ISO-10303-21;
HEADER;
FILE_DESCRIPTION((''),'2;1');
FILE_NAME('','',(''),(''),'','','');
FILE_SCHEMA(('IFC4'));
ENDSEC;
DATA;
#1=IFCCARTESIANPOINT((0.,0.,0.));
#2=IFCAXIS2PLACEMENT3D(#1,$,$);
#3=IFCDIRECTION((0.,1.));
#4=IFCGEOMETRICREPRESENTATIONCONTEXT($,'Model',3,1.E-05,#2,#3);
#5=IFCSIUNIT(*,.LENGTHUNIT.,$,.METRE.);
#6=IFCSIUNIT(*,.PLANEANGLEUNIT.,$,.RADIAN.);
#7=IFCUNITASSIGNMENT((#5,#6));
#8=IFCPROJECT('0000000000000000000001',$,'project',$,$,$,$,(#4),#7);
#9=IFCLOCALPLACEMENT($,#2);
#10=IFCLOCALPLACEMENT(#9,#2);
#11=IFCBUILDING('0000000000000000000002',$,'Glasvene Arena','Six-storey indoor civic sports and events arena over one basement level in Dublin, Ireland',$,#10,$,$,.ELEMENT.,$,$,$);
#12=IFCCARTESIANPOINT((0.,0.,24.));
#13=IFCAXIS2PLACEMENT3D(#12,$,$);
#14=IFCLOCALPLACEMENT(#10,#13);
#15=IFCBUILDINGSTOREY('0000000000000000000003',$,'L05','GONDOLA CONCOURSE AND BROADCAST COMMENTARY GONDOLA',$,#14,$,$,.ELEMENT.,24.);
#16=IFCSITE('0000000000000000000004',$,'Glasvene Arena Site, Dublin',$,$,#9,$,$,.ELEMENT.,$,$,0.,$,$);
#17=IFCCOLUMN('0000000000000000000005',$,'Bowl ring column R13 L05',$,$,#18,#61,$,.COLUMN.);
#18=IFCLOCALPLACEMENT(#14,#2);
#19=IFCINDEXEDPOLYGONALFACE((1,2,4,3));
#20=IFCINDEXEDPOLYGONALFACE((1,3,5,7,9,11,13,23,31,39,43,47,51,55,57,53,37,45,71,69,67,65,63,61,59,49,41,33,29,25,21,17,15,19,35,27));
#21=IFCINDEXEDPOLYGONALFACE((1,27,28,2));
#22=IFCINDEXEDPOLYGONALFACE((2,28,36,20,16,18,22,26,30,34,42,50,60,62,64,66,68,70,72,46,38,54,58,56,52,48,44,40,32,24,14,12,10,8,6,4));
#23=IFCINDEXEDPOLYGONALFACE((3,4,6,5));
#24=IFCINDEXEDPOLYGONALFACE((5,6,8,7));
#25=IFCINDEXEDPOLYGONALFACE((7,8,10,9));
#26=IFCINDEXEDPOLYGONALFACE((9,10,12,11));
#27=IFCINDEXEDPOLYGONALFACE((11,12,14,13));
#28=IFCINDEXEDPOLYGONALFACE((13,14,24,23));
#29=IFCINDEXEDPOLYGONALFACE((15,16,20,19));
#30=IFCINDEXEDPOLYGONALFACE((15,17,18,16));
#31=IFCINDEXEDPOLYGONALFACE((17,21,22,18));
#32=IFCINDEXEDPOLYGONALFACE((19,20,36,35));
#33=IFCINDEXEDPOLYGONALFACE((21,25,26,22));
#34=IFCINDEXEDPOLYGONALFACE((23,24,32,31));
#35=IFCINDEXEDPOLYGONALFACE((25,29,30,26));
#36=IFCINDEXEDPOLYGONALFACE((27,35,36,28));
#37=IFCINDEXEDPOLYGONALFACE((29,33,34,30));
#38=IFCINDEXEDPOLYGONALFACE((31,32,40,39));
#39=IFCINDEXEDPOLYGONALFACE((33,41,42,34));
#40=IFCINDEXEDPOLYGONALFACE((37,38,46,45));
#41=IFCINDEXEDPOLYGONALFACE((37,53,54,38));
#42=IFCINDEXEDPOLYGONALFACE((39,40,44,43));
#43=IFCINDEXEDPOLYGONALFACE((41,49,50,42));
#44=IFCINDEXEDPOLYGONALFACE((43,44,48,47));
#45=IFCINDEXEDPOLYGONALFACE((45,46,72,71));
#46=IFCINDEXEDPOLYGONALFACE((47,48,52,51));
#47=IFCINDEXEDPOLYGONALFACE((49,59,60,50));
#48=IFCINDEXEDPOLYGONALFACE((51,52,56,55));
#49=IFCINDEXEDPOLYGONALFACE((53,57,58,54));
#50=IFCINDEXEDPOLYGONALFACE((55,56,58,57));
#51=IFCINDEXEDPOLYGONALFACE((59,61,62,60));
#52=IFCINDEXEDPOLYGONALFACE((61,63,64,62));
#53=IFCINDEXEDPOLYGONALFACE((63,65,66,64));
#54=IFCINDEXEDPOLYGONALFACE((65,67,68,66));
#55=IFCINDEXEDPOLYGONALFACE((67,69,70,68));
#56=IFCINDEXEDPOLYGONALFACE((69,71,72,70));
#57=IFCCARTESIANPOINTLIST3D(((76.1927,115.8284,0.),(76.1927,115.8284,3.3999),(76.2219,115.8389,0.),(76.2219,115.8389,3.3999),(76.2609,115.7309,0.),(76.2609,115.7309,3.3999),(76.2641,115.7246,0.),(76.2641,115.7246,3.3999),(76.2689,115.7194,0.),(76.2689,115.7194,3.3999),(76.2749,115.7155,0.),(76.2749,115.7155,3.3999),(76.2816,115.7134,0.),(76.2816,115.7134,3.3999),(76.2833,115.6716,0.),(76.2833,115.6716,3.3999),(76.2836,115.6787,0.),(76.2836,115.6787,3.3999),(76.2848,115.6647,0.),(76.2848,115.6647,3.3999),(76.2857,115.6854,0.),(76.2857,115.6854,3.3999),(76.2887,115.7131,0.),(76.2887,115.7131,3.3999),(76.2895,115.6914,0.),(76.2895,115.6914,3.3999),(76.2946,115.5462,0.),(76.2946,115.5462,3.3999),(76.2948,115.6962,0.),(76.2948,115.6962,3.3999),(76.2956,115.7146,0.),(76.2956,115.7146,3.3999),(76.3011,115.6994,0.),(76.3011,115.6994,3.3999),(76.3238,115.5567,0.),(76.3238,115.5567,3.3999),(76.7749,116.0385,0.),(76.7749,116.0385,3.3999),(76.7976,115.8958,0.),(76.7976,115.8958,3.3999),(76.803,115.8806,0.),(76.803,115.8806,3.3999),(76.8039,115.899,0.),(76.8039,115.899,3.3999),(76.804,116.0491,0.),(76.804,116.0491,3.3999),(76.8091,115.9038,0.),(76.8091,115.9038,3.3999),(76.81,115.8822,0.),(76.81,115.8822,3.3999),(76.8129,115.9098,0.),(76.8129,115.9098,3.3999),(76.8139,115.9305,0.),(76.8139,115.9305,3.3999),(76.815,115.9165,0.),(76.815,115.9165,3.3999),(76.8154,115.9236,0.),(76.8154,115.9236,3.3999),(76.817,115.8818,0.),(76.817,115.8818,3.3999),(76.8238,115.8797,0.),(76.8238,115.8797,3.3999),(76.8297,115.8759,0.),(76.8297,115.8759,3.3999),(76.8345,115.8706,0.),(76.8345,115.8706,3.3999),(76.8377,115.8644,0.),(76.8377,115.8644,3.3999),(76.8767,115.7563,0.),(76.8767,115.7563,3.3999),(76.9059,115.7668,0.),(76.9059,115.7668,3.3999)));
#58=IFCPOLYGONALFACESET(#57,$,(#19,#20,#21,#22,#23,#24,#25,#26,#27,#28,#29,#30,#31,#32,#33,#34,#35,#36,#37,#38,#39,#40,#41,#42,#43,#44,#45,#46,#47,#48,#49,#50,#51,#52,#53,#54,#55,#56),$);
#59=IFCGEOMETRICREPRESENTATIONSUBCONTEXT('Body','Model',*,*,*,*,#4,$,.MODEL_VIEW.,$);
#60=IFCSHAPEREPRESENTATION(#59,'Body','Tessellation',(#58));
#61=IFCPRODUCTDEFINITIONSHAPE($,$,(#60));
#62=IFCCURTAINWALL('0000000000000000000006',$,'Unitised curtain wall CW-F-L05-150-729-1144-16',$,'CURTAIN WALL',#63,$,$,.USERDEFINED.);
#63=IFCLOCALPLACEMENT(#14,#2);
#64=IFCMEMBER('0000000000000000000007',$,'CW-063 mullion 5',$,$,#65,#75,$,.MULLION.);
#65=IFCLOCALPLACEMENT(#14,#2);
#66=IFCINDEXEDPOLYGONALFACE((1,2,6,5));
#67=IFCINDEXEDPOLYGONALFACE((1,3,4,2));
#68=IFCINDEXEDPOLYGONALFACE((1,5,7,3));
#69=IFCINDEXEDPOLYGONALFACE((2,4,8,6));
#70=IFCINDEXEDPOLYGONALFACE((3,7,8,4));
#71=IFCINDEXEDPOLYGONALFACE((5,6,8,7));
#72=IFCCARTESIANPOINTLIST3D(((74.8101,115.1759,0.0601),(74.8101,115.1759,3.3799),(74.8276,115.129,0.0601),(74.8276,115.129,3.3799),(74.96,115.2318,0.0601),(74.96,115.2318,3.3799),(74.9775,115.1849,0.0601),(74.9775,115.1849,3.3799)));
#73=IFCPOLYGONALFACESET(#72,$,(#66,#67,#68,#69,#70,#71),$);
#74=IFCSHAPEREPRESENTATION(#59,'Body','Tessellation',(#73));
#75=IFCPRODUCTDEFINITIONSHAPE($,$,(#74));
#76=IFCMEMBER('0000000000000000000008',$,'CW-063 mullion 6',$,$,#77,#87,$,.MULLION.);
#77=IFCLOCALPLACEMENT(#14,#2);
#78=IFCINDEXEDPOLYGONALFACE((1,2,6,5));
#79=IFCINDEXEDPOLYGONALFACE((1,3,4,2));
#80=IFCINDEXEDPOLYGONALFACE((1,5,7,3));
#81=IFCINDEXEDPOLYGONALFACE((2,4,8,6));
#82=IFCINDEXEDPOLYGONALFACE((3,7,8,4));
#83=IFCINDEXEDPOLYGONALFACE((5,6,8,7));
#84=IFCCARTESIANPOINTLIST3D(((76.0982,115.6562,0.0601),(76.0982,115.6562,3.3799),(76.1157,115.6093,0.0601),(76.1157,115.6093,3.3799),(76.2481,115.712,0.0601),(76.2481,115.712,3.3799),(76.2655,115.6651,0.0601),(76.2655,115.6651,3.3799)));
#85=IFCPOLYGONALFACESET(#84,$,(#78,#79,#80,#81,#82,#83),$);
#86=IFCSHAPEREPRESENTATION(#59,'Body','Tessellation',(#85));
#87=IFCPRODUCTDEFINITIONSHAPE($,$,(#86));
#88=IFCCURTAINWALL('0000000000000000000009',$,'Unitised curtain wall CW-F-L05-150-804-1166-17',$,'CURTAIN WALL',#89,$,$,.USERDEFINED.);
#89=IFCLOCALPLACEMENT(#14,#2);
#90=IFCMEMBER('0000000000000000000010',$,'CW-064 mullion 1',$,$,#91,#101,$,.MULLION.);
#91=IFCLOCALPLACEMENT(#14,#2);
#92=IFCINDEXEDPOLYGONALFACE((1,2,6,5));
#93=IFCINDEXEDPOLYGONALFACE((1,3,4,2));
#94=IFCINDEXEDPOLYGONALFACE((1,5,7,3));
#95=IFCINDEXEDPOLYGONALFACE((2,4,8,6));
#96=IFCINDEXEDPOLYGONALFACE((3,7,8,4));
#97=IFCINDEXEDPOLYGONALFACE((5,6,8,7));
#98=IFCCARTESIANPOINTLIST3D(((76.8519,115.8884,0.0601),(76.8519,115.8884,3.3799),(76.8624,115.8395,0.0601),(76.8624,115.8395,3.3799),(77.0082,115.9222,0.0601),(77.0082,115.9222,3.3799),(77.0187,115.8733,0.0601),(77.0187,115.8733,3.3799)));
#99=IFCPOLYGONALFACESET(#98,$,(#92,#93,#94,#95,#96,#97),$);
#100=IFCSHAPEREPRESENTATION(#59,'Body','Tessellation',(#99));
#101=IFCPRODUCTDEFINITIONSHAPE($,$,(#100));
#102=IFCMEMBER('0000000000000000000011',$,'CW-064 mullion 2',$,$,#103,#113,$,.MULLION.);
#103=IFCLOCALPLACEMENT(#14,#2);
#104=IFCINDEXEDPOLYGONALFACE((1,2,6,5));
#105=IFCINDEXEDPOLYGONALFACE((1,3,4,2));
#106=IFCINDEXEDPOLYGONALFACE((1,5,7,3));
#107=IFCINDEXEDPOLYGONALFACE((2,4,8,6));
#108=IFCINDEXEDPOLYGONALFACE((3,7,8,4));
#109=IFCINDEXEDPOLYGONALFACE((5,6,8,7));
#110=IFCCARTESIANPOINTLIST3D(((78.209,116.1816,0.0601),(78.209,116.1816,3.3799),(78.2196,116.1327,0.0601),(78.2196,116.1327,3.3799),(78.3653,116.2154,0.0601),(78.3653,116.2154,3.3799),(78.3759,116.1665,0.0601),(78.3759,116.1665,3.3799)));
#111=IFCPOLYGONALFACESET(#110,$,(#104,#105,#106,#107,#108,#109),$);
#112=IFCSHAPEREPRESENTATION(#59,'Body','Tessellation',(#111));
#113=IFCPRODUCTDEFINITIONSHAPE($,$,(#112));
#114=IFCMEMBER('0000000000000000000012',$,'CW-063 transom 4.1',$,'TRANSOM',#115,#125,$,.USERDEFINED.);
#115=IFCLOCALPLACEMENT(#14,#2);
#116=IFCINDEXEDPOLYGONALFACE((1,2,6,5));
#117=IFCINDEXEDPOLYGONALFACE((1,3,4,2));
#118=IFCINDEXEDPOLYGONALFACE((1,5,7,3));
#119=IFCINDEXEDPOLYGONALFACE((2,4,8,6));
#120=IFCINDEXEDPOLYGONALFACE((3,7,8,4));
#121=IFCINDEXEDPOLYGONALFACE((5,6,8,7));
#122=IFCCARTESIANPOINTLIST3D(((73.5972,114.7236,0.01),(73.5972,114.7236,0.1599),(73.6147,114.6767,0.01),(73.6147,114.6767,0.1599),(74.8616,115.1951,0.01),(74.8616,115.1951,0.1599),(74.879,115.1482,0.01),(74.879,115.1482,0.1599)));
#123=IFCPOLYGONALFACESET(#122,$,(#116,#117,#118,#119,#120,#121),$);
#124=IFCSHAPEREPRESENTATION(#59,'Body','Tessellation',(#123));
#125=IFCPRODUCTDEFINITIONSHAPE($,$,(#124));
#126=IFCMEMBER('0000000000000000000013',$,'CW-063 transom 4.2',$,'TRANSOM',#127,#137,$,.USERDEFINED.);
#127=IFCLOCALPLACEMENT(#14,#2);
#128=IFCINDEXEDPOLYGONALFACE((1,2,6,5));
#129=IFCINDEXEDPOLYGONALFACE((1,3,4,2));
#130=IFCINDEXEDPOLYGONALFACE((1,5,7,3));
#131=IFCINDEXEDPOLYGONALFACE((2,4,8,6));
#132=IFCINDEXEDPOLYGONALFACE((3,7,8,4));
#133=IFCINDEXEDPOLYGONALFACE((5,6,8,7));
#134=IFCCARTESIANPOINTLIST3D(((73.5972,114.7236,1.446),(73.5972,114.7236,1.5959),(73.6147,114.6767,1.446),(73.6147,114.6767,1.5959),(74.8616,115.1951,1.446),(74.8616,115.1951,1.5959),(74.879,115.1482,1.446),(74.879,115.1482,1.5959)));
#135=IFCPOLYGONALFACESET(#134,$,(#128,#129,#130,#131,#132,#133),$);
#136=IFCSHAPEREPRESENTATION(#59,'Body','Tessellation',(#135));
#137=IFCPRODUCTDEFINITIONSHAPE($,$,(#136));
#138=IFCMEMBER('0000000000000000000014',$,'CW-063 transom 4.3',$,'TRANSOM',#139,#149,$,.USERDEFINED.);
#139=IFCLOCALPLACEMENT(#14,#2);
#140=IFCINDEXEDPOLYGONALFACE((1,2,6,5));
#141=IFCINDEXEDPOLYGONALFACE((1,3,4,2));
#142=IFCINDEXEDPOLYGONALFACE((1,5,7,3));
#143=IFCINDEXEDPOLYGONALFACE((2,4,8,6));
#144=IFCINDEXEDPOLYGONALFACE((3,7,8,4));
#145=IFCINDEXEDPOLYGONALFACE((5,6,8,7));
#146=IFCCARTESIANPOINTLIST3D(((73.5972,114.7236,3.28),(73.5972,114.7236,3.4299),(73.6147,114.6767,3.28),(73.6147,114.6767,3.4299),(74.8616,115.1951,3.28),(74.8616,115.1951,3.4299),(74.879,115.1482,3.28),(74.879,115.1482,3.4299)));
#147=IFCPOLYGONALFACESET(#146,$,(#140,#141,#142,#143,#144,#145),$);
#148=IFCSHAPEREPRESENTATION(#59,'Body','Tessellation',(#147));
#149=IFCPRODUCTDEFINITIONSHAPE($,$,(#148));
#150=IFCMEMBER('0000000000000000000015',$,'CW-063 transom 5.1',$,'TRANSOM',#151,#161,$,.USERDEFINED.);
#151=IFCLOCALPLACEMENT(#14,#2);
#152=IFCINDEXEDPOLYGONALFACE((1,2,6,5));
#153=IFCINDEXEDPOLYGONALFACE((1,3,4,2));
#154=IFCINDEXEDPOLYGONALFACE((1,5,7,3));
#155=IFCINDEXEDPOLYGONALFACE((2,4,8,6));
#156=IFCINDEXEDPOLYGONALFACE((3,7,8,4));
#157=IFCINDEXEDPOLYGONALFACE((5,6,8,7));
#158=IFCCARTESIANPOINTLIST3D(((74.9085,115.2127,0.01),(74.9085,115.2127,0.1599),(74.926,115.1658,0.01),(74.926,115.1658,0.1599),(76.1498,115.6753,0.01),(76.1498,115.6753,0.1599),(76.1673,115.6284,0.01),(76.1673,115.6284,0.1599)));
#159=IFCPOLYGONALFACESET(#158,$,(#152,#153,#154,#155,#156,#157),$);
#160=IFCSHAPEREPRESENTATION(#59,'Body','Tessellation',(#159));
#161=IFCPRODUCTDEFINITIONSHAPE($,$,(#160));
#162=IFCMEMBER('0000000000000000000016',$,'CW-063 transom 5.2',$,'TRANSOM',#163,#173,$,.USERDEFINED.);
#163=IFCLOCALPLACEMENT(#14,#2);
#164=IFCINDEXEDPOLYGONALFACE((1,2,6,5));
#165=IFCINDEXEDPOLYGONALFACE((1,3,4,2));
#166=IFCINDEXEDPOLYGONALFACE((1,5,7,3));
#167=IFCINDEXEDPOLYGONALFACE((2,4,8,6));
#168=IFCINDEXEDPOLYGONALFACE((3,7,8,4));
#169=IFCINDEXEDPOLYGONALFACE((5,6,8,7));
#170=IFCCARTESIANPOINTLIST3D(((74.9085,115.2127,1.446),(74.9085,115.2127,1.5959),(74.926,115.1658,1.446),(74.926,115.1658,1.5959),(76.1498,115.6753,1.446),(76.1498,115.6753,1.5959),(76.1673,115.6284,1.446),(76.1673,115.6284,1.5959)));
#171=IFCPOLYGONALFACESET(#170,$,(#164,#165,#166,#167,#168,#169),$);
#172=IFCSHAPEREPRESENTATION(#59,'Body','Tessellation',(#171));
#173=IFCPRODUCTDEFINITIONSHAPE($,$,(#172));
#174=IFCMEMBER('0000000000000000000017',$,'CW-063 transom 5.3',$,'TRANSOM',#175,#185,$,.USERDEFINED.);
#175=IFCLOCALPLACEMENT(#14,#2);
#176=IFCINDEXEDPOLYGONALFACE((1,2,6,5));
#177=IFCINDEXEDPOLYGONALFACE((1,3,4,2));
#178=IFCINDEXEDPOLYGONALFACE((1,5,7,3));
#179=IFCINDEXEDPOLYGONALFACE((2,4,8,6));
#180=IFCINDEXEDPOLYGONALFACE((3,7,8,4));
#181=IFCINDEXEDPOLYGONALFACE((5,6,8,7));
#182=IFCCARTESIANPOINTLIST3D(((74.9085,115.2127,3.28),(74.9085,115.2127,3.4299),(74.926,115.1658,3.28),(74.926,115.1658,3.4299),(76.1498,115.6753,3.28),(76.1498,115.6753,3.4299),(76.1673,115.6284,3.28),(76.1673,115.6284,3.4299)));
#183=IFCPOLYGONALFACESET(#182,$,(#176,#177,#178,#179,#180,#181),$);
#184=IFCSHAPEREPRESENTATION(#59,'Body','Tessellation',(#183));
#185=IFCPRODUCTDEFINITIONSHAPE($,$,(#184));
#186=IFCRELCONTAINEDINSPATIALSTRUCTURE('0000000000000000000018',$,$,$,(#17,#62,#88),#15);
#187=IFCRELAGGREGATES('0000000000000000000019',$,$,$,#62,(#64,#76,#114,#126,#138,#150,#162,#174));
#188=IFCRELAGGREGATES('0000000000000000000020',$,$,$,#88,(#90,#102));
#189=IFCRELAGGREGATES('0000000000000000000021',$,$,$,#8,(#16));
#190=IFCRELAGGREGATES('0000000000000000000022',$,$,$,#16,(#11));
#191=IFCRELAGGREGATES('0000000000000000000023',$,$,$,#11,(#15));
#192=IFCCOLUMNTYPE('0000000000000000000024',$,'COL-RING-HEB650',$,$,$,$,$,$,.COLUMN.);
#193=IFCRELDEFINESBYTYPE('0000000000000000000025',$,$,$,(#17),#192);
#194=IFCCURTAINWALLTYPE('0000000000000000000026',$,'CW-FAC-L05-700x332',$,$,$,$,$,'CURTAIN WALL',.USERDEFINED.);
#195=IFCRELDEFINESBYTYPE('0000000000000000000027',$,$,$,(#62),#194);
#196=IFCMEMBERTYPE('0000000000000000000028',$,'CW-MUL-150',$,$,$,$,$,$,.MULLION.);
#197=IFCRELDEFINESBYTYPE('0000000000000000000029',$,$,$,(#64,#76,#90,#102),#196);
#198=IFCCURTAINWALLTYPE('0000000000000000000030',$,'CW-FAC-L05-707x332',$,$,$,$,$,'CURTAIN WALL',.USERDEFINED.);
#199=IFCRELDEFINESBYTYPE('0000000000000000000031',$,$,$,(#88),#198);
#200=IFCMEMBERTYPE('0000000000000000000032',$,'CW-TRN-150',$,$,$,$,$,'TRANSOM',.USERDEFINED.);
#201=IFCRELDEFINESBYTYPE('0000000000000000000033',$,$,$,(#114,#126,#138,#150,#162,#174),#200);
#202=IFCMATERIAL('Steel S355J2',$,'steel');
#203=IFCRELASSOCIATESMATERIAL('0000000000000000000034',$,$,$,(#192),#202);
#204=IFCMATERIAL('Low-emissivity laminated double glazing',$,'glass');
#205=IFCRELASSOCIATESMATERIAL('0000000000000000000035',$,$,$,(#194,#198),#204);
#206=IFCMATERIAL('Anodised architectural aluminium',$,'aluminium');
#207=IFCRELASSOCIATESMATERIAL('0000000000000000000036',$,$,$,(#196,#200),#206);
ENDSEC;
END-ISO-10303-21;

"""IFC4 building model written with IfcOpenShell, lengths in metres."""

from ifc_helpers import new_model, si_unit, direction, frame, origin, origin_2d, place, context, subcontext, project, spatial, rectangle, i_section, extrude, material, material_profile, profile_set, type_object, element, aggregate, save


model = new_model("IFC4")

# Units and contexts
model_context = context("Model", 3, precision=1e-05, world=origin(), true_north=direction((0.0, 1.0)))
body_context = subcontext(model_context, "Body", "Model", "MODEL_VIEW")
ifc_project = project(units=[si_unit("LENGTHUNIT", "METRE"), si_unit("PLANEANGLEUNIT", "RADIAN")], contexts=[model_context])

# Site, building, storey
site_placement = place(None, origin())
site = spatial("IfcSite", under=ifc_project, at=site_placement, Name="Glasvene Arena Site, Dublin", CompositionType="ELEMENT", RefElevation=0.0)
building_placement = place(site_placement, origin())
building = spatial("IfcBuilding", under=site, at=building_placement, Name="Glasvene Arena", Description="Six-storey indoor civic sports and events arena over one basement level in Dublin, Ireland", CompositionType="ELEMENT")
storey_placement = place(building_placement, frame((0.0, 0.0, 24.0)))
storey = spatial("IfcBuildingStorey", under=building, at=storey_placement, Name="L05", Description="GONDOLA CONCOURSE AND BROADCAST COMMENTARY GONDOLA", CompositionType="ELEMENT", Elevation=24.0)

# Column
ifc_material_1 = material(Name="Steel S355J2", Category="steel")
ifc_material_profile_1 = material_profile(ifc_material_1, i_section(OverallWidth=0.3, OverallDepth=0.6499, WebThickness=0.0161, FlangeThickness=0.031, FilletRadius=0.0271, at=origin_2d()), Name="HEB 650")
ifc_profile_set_1 = profile_set([ifc_material_profile_1], Name="Steel S355J2")
column_type = type_object("IfcColumnType", Name="COL-RING-HEB650", PredefinedType="COLUMN", material=ifc_profile_set_1)
column_placement = place(storey_placement, frame((76.5493, 115.7976, 0.0), z_axis=(0.0, 0.0, 1.0), x_axis=(-0.339559, 0.940585, 0.0)))
element("IfcColumn", 1, at=column_placement, inside=storey, type_object=column_type, Name="Bowl ring column R13 L05", PredefinedType="COLUMN", context=body_context, shape_type="SweptSolid", body=[
    extrude(i_section(OverallWidth=0.3, OverallDepth=0.6499, WebThickness=0.0161, FlangeThickness=0.031, FilletRadius=0.0271, at=origin_2d()), origin(), (0.0, 0.0, 1.0), 3.3999),
])

# Curtain walls, members
ifc_material_2 = material(Name="Low-emissivity laminated double glazing", Category="glass")
curtain_wall_type_1 = type_object("IfcCurtainWallType", Name="CW-FAC-L05-700x332", ElementType="CURTAIN WALL", PredefinedType="USERDEFINED", material=ifc_material_2)
curtain_wall_1_placement = place(storey_placement, frame((69.6482, 113.2251, 0.0)))
curtain_wall_1 = element("IfcCurtainWall", 2, at=curtain_wall_1_placement, inside=storey, type_object=curtain_wall_type_1, Name="Unitised curtain wall CW-F-L05-150-729-1144-16", ObjectType="CURTAIN WALL", PredefinedType="USERDEFINED")
ifc_material_3 = material(Name="Anodised architectural aluminium", Category="aluminium")
ifc_material_profile_2 = material_profile(ifc_material_3, rectangle(XDim=0.05, YDim=0.1599, at=origin_2d()), Name="ALU MULLION 50x160")
ifc_profile_set_2 = profile_set([ifc_material_profile_2], Name="Anodised architectural aluminium")
member_type_1 = type_object("IfcMemberType", Name="CW-MUL-150", PredefinedType="MULLION", material=ifc_profile_set_2)
member_1_placement = place(storey_placement, frame((74.8938, 115.1804, 0.0601), z_axis=(0.0, 0.0, 1.0), x_axis=(-0.349297, 0.937012, 0.0)))
member_1 = element("IfcMember", 3, at=member_1_placement, type_object=member_type_1, Name="CW-063 mullion 5", PredefinedType="MULLION", context=body_context, shape_type="SweptSolid", body=[
    extrude(rectangle(XDim=0.05, YDim=0.1599, at=origin_2d()), origin(), (0.0, 0.0, 1.0), 3.3198),
])
member_2_placement = place(storey_placement, frame((76.1819, 115.6606, 0.0601), z_axis=(0.0, 0.0, 1.0), x_axis=(-0.349297, 0.937012, 0.0)))
member_2 = element("IfcMember", 4, at=member_2_placement, type_object=member_type_1, Name="CW-063 mullion 6", PredefinedType="MULLION", context=body_context, shape_type="SweptSolid", body=[
    extrude(rectangle(XDim=0.05, YDim=0.1599, at=origin_2d()), origin(), (0.0, 0.0, 1.0), 3.3198),
])
curtain_wall_type_2 = type_object("IfcCurtainWallType", Name="CW-FAC-L05-707x332", ElementType="CURTAIN WALL", PredefinedType="USERDEFINED", material=ifc_material_2)
curtain_wall_2_placement = place(storey_placement, frame((76.9109, 115.8755, 0.0)))
curtain_wall_2 = element("IfcCurtainWall", 5, at=curtain_wall_2_placement, inside=storey, type_object=curtain_wall_type_2, Name="Unitised curtain wall CW-F-L05-150-804-1166-17", ObjectType="CURTAIN WALL", PredefinedType="USERDEFINED")
member_3_placement = place(storey_placement, frame((76.9353, 115.8809, 0.0601), z_axis=(0.0, 0.0, 1.0), x_axis=(-0.211221, 0.977438, 0.0)))
member_3 = element("IfcMember", 6, at=member_3_placement, type_object=member_type_1, Name="CW-064 mullion 1", PredefinedType="MULLION", context=body_context, shape_type="SweptSolid", body=[
    extrude(rectangle(XDim=0.05, YDim=0.1599, at=origin_2d()), origin(), (0.0, 0.0, 1.0), 3.3198),
])
member_4_placement = place(storey_placement, frame((78.2925, 116.1741, 0.0601), z_axis=(0.0, 0.0, 1.0), x_axis=(-0.211221, 0.977438, 0.0)))
member_4 = element("IfcMember", 7, at=member_4_placement, type_object=member_type_1, Name="CW-064 mullion 2", PredefinedType="MULLION", context=body_context, shape_type="SweptSolid", body=[
    extrude(rectangle(XDim=0.05, YDim=0.1599, at=origin_2d()), origin(), (0.0, 0.0, 1.0), 3.3198),
])

# Members
ifc_material_profile_3 = material_profile(ifc_material_3, rectangle(XDim=0.05, YDim=0.1499, at=origin_2d()), Name="ALU TRANSOM 50x150")
ifc_profile_set_3 = profile_set([ifc_material_profile_3], Name="Anodised architectural aluminium")
member_type_2 = type_object("IfcMemberType", Name="CW-TRN-150", ElementType="TRANSOM", PredefinedType="USERDEFINED", material=ifc_profile_set_3)
member_5_placement = place(storey_placement, frame((73.606, 114.7002, 0.085), z_axis=(0.936989, 0.349358, 0.0), x_axis=(-0.349358, 0.936989, 0.0)))
member_5 = element("IfcMember", 8, at=member_5_placement, type_object=member_type_2, Name="CW-063 transom 4.1", ObjectType="TRANSOM", PredefinedType="USERDEFINED", context=body_context, shape_type="SweptSolid", body=[
    extrude(rectangle(XDim=0.05, YDim=0.1499, at=origin_2d()), origin(), (0.0, 0.0, 1.0), 1.3494),
])
member_6_placement = place(storey_placement, frame((73.606, 114.7002, 1.521), z_axis=(0.936989, 0.349358, 0.0), x_axis=(-0.349358, 0.936989, 0.0)))
member_6 = element("IfcMember", 9, at=member_6_placement, type_object=member_type_2, Name="CW-063 transom 4.2", ObjectType="TRANSOM", PredefinedType="USERDEFINED", context=body_context, shape_type="SweptSolid", body=[
    extrude(rectangle(XDim=0.05, YDim=0.1499, at=origin_2d()), origin(), (0.0, 0.0, 1.0), 1.3494),
])
member_7_placement = place(storey_placement, frame((73.606, 114.7002, 3.355), z_axis=(0.936989, 0.349358, 0.0), x_axis=(-0.349358, 0.936989, 0.0)))
member_7 = element("IfcMember", 10, at=member_7_placement, type_object=member_type_2, Name="CW-063 transom 4.3", ObjectType="TRANSOM", PredefinedType="USERDEFINED", context=body_context, shape_type="SweptSolid", body=[
    extrude(rectangle(XDim=0.05, YDim=0.1499, at=origin_2d()), origin(), (0.0, 0.0, 1.0), 1.3494),
])
member_8_placement = place(storey_placement, frame((74.9172, 115.1892, 0.085), z_axis=(0.937024, 0.349265, 0.0), x_axis=(-0.349265, 0.937024, 0.0)))
member_8 = element("IfcMember", 11, at=member_8_placement, type_object=member_type_2, Name="CW-063 transom 5.1", ObjectType="TRANSOM", PredefinedType="USERDEFINED", context=body_context, shape_type="SweptSolid", body=[
    extrude(rectangle(XDim=0.05, YDim=0.1499, at=origin_2d()), origin(), (0.0, 0.0, 1.0), 1.3247),
])
member_9_placement = place(storey_placement, frame((74.9172, 115.1892, 1.521), z_axis=(0.937024, 0.349265, 0.0), x_axis=(-0.349265, 0.937024, 0.0)))
member_9 = element("IfcMember", 12, at=member_9_placement, type_object=member_type_2, Name="CW-063 transom 5.2", ObjectType="TRANSOM", PredefinedType="USERDEFINED", context=body_context, shape_type="SweptSolid", body=[
    extrude(rectangle(XDim=0.05, YDim=0.1499, at=origin_2d()), origin(), (0.0, 0.0, 1.0), 1.3247),
])
member_10_placement = place(storey_placement, frame((74.9172, 115.1892, 3.355), z_axis=(0.937024, 0.349265, 0.0), x_axis=(-0.349265, 0.937024, 0.0)))
member_10 = element("IfcMember", 13, at=member_10_placement, type_object=member_type_2, Name="CW-063 transom 5.3", ObjectType="TRANSOM", PredefinedType="USERDEFINED", context=body_context, shape_type="SweptSolid", body=[
    extrude(rectangle(XDim=0.05, YDim=0.1499, at=origin_2d()), origin(), (0.0, 0.0, 1.0), 1.3247),
])

aggregate(curtain_wall_1, [member_1, member_2, member_5, member_6, member_7, member_8, member_9, member_10])
aggregate(curtain_wall_2, [member_3, member_4])

save(model, "model.ifc")
